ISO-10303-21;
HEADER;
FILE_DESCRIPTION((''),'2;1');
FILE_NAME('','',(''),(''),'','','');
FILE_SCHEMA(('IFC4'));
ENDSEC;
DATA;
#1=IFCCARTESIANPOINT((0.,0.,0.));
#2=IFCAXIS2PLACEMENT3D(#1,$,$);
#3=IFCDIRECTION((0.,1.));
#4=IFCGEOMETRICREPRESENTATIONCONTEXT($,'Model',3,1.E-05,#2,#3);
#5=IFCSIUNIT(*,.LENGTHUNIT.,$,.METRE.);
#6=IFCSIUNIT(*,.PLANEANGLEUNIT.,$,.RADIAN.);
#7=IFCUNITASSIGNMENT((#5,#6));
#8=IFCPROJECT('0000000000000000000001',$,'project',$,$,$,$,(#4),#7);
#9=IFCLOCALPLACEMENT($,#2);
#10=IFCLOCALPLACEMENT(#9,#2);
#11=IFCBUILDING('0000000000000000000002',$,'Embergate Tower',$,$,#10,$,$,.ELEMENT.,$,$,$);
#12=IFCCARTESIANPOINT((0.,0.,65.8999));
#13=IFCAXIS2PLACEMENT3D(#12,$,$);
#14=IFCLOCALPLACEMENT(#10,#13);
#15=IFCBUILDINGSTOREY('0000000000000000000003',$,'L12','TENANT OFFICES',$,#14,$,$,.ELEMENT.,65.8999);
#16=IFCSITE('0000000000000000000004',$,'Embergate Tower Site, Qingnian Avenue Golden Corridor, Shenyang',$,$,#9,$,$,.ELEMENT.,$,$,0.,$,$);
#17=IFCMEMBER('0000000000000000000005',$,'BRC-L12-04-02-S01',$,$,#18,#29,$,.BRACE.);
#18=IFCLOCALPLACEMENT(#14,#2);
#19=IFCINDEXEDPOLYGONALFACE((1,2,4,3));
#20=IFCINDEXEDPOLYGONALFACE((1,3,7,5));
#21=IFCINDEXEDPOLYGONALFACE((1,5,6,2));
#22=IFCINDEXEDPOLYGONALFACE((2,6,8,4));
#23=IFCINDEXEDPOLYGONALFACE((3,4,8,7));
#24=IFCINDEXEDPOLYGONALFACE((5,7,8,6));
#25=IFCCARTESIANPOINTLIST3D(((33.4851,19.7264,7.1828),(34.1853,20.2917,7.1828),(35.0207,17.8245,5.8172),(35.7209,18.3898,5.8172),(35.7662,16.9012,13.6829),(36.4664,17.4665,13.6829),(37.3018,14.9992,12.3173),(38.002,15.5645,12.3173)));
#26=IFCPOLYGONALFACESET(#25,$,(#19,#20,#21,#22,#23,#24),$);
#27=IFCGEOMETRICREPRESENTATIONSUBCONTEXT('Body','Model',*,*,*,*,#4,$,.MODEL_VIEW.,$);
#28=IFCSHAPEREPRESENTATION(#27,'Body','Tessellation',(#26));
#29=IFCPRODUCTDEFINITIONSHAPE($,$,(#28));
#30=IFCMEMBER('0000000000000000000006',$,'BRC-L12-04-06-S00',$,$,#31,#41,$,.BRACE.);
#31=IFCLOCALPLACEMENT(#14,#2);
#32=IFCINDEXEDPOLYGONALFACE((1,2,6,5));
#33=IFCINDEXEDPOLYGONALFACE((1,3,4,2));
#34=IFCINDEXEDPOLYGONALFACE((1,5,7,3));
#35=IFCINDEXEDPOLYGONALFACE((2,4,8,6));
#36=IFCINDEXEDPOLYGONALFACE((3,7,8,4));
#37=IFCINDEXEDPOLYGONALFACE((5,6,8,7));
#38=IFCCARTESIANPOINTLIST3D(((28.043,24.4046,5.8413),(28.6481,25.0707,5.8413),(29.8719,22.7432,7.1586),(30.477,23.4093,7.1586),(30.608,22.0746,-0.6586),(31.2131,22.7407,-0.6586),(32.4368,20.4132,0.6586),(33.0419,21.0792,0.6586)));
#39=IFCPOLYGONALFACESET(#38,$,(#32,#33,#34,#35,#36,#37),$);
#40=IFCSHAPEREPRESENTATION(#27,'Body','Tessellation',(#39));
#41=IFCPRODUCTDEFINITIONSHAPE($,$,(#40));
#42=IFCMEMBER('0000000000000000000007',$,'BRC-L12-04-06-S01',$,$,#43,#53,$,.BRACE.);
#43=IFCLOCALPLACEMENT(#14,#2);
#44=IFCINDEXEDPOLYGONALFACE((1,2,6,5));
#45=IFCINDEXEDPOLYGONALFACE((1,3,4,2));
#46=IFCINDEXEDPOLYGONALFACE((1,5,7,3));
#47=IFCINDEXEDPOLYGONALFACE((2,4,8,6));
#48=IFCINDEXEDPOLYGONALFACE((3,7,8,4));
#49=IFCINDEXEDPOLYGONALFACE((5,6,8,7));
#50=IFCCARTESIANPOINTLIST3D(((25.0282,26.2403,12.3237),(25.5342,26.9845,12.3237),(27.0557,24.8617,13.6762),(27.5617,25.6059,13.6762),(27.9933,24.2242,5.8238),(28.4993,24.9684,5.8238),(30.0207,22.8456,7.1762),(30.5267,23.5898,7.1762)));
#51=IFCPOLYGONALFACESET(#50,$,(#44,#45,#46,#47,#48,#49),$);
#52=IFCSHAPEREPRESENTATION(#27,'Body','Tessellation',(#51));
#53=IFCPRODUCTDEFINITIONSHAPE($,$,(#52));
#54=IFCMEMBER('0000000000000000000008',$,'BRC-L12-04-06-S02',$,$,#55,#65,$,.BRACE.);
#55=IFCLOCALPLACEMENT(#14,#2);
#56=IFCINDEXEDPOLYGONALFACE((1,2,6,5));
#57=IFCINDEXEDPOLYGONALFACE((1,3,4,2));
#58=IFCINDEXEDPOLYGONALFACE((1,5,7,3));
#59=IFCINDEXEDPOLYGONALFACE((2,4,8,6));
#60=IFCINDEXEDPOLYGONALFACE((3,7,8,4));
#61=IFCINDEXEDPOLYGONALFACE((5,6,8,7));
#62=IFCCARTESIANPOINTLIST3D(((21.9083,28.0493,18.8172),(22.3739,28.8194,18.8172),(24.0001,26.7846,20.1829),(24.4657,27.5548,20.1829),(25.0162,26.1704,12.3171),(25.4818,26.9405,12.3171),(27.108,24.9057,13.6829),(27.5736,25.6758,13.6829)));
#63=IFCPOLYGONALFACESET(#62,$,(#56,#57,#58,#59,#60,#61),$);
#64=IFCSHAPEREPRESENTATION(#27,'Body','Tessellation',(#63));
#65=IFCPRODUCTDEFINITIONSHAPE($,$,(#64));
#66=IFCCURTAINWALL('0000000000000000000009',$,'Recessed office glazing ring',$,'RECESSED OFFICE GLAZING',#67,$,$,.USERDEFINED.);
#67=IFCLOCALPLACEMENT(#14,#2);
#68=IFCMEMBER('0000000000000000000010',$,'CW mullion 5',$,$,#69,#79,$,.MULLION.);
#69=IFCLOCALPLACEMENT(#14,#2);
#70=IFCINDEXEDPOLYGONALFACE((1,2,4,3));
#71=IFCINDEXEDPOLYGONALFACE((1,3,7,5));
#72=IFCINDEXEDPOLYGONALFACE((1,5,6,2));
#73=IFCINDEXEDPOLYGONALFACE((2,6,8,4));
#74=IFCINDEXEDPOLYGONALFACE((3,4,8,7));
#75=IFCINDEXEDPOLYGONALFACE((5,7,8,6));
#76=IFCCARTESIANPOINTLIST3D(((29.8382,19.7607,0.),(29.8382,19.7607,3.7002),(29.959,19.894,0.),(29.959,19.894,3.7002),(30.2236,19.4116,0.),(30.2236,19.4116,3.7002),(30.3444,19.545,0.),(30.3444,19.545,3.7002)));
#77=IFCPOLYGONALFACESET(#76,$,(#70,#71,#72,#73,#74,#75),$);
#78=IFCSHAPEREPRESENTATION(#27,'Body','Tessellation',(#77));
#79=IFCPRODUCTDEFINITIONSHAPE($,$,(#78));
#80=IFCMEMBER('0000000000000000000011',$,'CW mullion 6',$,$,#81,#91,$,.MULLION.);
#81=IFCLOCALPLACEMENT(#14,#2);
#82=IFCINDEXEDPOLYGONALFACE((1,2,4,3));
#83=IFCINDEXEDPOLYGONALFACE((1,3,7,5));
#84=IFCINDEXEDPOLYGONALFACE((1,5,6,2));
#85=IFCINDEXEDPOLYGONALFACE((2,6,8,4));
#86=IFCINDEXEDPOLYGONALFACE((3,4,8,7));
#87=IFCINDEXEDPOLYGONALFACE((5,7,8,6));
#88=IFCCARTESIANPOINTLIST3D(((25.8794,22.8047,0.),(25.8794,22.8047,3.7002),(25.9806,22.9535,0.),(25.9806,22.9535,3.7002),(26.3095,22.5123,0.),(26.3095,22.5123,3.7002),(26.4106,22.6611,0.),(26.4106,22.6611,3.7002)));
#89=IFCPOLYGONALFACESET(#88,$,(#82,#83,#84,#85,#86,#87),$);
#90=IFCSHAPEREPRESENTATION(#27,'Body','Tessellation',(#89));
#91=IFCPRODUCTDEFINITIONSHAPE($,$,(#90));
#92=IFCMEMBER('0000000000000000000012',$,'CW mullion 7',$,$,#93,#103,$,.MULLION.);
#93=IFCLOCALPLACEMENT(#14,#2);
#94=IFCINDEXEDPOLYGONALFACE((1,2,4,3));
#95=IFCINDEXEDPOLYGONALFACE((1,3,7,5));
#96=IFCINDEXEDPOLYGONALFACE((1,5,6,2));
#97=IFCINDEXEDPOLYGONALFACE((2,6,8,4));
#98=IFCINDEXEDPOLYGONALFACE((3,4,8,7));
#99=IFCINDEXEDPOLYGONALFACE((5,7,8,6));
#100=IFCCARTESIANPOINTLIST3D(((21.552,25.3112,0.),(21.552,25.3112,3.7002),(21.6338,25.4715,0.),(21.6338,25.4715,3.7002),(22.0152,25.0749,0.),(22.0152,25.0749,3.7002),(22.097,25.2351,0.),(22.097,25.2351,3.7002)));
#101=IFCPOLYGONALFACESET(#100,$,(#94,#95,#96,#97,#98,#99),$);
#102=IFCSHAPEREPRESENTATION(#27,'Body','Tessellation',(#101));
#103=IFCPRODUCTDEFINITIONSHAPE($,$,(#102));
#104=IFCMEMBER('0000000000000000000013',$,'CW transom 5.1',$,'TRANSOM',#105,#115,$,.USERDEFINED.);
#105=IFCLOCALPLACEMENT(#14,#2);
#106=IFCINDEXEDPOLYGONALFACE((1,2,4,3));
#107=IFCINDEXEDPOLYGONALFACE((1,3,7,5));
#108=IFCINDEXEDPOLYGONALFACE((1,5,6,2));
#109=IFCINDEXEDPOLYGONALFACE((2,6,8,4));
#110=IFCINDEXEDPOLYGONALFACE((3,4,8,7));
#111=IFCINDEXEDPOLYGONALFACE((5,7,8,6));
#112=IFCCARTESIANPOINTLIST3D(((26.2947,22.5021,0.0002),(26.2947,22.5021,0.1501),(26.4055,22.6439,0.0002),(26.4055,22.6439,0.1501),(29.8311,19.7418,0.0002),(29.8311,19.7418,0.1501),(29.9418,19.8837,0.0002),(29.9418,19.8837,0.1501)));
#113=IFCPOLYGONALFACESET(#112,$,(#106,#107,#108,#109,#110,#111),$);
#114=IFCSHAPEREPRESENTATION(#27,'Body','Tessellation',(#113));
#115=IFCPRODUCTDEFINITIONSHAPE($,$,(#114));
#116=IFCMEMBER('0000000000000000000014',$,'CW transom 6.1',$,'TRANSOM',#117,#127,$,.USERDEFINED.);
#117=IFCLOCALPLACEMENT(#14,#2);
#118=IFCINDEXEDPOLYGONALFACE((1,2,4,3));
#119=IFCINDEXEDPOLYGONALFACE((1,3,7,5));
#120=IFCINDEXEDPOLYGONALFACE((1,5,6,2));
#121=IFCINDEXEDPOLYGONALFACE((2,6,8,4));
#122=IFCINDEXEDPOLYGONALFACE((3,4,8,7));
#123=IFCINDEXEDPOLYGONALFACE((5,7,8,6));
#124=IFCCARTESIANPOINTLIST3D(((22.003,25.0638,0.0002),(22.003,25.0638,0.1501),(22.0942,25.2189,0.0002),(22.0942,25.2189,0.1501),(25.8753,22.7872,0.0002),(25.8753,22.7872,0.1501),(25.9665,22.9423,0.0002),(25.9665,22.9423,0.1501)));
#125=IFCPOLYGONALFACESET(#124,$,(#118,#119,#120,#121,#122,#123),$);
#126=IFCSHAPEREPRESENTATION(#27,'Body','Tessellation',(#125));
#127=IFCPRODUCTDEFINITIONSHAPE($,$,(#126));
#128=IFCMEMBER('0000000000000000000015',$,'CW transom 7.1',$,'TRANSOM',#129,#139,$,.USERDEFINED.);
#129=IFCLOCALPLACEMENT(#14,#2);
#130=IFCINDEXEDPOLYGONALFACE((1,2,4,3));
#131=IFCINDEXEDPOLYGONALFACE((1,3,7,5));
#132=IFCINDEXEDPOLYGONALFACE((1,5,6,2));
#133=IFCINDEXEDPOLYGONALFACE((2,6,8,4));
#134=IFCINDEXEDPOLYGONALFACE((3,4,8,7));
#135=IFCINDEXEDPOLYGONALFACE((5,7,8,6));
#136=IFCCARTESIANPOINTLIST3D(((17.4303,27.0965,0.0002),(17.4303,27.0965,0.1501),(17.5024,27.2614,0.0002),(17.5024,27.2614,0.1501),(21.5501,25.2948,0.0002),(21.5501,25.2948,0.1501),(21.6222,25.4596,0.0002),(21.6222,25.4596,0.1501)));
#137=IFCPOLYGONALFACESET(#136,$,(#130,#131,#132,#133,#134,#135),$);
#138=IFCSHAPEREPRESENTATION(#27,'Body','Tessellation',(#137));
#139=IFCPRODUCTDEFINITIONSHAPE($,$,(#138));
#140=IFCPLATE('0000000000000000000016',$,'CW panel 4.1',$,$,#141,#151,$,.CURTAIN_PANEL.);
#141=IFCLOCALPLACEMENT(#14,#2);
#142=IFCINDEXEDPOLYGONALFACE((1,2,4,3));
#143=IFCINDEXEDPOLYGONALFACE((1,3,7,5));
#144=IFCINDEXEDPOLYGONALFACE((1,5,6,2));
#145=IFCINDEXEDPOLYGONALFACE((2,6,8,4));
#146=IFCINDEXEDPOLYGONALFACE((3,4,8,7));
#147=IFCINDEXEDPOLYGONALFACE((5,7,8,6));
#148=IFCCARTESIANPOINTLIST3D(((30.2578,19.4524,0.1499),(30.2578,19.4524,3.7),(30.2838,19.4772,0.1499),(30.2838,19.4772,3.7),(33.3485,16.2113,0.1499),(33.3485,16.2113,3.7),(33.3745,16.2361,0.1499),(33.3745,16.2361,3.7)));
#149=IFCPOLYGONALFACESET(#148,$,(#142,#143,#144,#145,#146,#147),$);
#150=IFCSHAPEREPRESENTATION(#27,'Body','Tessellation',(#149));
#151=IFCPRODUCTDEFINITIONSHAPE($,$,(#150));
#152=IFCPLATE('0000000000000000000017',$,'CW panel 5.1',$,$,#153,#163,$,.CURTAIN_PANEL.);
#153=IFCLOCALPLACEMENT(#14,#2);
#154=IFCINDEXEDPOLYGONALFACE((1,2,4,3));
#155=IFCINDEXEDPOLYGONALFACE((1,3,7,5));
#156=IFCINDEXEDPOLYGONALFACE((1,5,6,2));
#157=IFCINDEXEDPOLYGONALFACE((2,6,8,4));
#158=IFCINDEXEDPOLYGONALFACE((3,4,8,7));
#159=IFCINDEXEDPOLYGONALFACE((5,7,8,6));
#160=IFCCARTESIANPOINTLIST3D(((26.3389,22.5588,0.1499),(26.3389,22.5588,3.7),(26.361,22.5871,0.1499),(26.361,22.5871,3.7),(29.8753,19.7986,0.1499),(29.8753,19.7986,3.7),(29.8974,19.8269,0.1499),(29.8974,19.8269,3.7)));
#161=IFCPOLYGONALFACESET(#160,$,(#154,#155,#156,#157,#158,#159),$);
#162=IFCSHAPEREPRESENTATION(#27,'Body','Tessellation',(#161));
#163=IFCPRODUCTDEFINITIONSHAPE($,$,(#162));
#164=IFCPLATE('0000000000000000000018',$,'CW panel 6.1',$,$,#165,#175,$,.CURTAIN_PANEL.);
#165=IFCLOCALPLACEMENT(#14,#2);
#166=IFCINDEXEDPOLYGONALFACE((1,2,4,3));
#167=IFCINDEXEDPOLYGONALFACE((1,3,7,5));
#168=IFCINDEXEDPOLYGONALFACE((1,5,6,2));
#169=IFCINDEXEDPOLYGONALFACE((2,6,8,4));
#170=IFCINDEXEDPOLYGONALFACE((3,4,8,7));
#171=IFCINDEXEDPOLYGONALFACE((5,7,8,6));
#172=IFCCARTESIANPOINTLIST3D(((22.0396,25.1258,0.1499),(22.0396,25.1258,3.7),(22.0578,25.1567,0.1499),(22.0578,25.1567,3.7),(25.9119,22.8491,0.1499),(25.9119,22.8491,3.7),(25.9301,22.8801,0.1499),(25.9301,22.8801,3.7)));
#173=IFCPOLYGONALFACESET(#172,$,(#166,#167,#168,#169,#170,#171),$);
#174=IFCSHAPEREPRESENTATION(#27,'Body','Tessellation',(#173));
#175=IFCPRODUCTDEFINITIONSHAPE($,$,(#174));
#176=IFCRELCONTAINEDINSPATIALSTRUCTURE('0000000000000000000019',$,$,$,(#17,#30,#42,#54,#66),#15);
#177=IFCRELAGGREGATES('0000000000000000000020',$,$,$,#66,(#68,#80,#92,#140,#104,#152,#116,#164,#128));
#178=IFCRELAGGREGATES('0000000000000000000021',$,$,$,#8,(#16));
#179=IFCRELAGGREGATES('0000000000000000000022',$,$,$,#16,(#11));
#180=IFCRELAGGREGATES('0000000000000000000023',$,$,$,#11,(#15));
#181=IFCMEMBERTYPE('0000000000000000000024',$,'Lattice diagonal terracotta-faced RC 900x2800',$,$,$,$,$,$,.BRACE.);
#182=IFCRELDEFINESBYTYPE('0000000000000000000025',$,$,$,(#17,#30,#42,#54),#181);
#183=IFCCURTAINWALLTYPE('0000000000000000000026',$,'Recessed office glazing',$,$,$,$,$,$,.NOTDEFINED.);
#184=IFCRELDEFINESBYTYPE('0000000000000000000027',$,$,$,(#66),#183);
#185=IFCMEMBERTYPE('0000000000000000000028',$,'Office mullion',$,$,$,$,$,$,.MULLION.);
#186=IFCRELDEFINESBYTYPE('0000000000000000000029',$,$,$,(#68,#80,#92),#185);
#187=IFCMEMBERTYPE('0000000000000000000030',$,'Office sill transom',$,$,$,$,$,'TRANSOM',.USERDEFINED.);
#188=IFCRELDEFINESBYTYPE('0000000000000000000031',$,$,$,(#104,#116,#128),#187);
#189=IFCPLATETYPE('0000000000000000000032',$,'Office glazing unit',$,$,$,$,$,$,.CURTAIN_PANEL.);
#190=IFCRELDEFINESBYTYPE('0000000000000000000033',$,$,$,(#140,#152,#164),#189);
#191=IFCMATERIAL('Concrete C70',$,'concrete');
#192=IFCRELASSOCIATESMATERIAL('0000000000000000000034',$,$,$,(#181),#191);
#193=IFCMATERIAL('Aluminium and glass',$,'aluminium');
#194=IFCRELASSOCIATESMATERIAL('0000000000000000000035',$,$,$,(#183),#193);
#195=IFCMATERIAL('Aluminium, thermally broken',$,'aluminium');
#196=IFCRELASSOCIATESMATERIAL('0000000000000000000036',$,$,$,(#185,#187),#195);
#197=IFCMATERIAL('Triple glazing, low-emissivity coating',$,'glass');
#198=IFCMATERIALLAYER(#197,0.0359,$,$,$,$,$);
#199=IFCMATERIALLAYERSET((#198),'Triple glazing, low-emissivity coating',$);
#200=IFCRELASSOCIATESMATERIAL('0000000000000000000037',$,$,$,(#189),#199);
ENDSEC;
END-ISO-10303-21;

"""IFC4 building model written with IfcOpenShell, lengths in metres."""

from ifc_helpers import new_model, si_unit, direction, frame, origin, origin_2d, place, context, subcontext, project, spatial, rectangle, extrude, source, transform, mapped, material, layer, layer_set, material_profile, profile_set, type_object, element, aggregate, save


model = new_model("IFC4")

# Units and contexts
model_context = context("Model", 3, precision=1e-05, world=origin(), true_north=direction((0.0, 1.0)))
body_context = subcontext(model_context, "Body", "Model", "MODEL_VIEW")
ifc_project = project(units=[si_unit("LENGTHUNIT", "METRE"), si_unit("PLANEANGLEUNIT", "RADIAN")], contexts=[model_context])

# Site, building, storey
site_placement = place(None, origin())
site = spatial("IfcSite", under=ifc_project, at=site_placement, Name="Embergate Tower Site, Qingnian Avenue Golden Corridor, Shenyang", CompositionType="ELEMENT", RefElevation=0.0)
building_placement = place(site_placement, origin())
building = spatial("IfcBuilding", under=site, at=building_placement, Name="Embergate Tower", CompositionType="ELEMENT")
storey_placement = place(building_placement, frame((0.0, 0.0, 65.8999)))
storey = spatial("IfcBuildingStorey", under=building, at=storey_placement, Name="L12", Description="TENANT OFFICES", CompositionType="ELEMENT", Elevation=65.8999)

# Shared definitions
ifc_material_1 = material(Name="Concrete C70", Category="concrete")

# Members
ifc_material_profile_1 = material_profile(ifc_material_1, rectangle(XDim=0.8999, YDim=2.8, at=origin_2d()), Name="RC 900x2800")
ifc_profile_set_1 = profile_set([ifc_material_profile_1], Name="Concrete C70")
member_type_1 = type_object("IfcMemberType", Name="Lattice diagonal terracotta-faced RC 900x2800", PredefinedType="BRACE", material=ifc_profile_set_1)
shared_shape_1 = source(origin(), body_context, "Body", "SweptSolid", [
    extrude(rectangle(XDim=0.8999, YDim=2.8, at=origin_2d()), origin(), (0.0, 0.0, 1.0), 7.4456),
])
member_1_placement = place(storey_placement, frame((34.603, 19.0581, 6.5), z_axis=(0.306362, -0.379453, 0.873016), x_axis=(0.77806, 0.62819, 0.0)))
element("IfcMember", 1, at=member_1_placement, inside=storey, type_object=member_type_1, Name="BRC-L12-04-02-S01", PredefinedType="BRACE", context=body_context, shape_type="MappedRepresentation", body=[
    mapped(shared_shape_1, transform((0.0, 0.0, 0.0))),
])
shared_shape_2 = source(origin(), body_context, "Body", "SweptSolid", [
    extrude(rectangle(XDim=0.8999, YDim=2.8, at=origin_2d()), origin(), (0.0, 0.0, 1.0), 7.366),
])
member_2_placement = place(storey_placement, frame((31.825, 21.5769, 0.0), z_axis=(-0.348213, 0.316328, 0.882431), x_axis=(-0.672406, -0.740182, 0.0)))
element("IfcMember", 2, at=member_2_placement, inside=storey, type_object=member_type_1, Name="BRC-L12-04-06-S00", PredefinedType="BRACE", context=body_context, shape_type="MappedRepresentation", body=[
    mapped(shared_shape_2, transform((0.0, 0.0, 0.0))),
])
shared_shape_3 = source(origin(), body_context, "Body", "SweptSolid", [
    extrude(rectangle(XDim=0.8999, YDim=2.8, at=origin_2d()), origin(), (0.0, 0.0, 1.0), 7.4233),
])
member_3_placement = place(storey_placement, frame((29.26, 23.907, 6.5), z_axis=(-0.399426, 0.27159, 0.875613), x_axis=(-0.562282, -0.826945, 0.0)))
element("IfcMember", 3, at=member_3_placement, inside=storey, type_object=member_type_1, Name="BRC-L12-04-06-S01", PredefinedType="BRACE", context=body_context, shape_type="MappedRepresentation", body=[
    mapped(shared_shape_3, transform((0.0, 0.0, 0.0))),
])
shared_shape_4 = source(origin(), body_context, "Body", "SweptSolid", [
    extrude(rectangle(XDim=0.8999, YDim=2.8, at=origin_2d()), origin(), (0.0, 0.0, 1.0), 7.4458),
])
member_4_placement = place(storey_placement, frame((26.2949, 25.9231, 13.0), z_axis=(-0.417407, 0.252346, 0.87298), x_axis=(-0.51736, -0.855768, 0.0)))
element("IfcMember", 4, at=member_4_placement, inside=storey, type_object=member_type_1, Name="BRC-L12-04-06-S02", PredefinedType="BRACE", context=body_context, shape_type="MappedRepresentation", body=[
    mapped(shared_shape_4, transform((0.0, 0.0, 0.0))),
])

# Curtain wall, members, plates
ifc_material_2 = material(Name="Aluminium and glass", Category="aluminium")
curtain_wall_type = type_object("IfcCurtainWallType", Name="Recessed office glazing", PredefinedType="NOTDEFINED", material=ifc_material_2)
curtain_wall_placement = place(storey_placement, origin())
curtain_wall = element("IfcCurtainWall", 5, at=curtain_wall_placement, inside=storey, type_object=curtain_wall_type, Name="Recessed office glazing ring", ObjectType="RECESSED OFFICE GLAZING", PredefinedType="USERDEFINED")
ifc_material_3 = material(Name="Aluminium, thermally broken", Category="aluminium")
ifc_material_profile_2 = material_profile(ifc_material_3, rectangle(XDim=0.1799, YDim=0.52, at=origin_2d()), Name="AL 520x180")
ifc_profile_set_2 = profile_set([ifc_material_profile_2], Name="Aluminium, thermally broken")
member_type_2 = type_object("IfcMemberType", Name="Office mullion", PredefinedType="MULLION", material=ifc_profile_set_2)
shared_shape_5 = source(origin(), body_context, "Body", "SweptSolid", [
    extrude(rectangle(XDim=0.1799, YDim=0.52, at=origin_2d()), origin(), (0.0, 0.0, 1.0), 3.7002),
])
member_5_placement = place(storey_placement, frame((30.0913, 19.6528, 0.0), z_axis=(0.0, 0.0, 1.0), x_axis=(-0.671239, -0.741241, 0.0)))
member_5 = element("IfcMember", 6, at=member_5_placement, type_object=member_type_2, Name="CW mullion 5", PredefinedType="MULLION", context=body_context, shape_type="MappedRepresentation", body=[
    mapped(shared_shape_5, transform((0.0, 0.0, 0.0))),
])
member_6_placement = place(storey_placement, frame((26.145, 22.7329, 0.0), z_axis=(0.0, 0.0, 1.0), x_axis=(-0.562229, -0.826981, 0.0)))
member_6 = element("IfcMember", 7, at=member_6_placement, type_object=member_type_2, Name="CW mullion 6", PredefinedType="MULLION", context=body_context, shape_type="MappedRepresentation", body=[
    mapped(shared_shape_5, transform((0.0, 0.0, 0.0))),
])
member_7_placement = place(storey_placement, frame((21.8245, 25.2732, 0.0), z_axis=(0.0, 0.0, 1.0), x_axis=(-0.454521, -0.890736, 0.0)))
member_7 = element("IfcMember", 8, at=member_7_placement, type_object=member_type_2, Name="CW mullion 7", PredefinedType="MULLION", context=body_context, shape_type="MappedRepresentation", body=[
    mapped(shared_shape_5, transform((0.0, 0.0, 0.0))),
])
ifc_material_profile_3 = material_profile(ifc_material_3, rectangle(XDim=0.1799, YDim=0.1499, at=origin_2d()), Name="AL 150x180")
ifc_profile_set_3 = profile_set([ifc_material_profile_3], Name="Aluminium, thermally broken")
member_type_3 = type_object("IfcMemberType", Name="Office sill transom", ElementType="TRANSOM", PredefinedType="USERDEFINED", material=ifc_profile_set_3)
shared_shape_6 = source(origin(), body_context, "Body", "SweptSolid", [
    extrude(rectangle(XDim=0.1799, YDim=0.1499, at=origin_2d()), origin(), (0.0, 0.0, 1.0), 4.4861),
])
member_8_placement = place(storey_placement, frame((29.8865, 19.8127, 0.0752), z_axis=(-0.788299, 0.615292, 0.0), x_axis=(-0.615292, -0.788299, 0.0)))
member_8 = element("IfcMember", 9, at=member_8_placement, type_object=member_type_3, Name="CW transom 5.1", ObjectType="TRANSOM", PredefinedType="USERDEFINED", context=body_context, shape_type="MappedRepresentation", body=[
    mapped(shared_shape_6, transform((0.0, 0.0, 0.0))),
])
shared_shape_7 = source(origin(), body_context, "Body", "SweptSolid", [
    extrude(rectangle(XDim=0.1799, YDim=0.1499, at=origin_2d()), origin(), (0.0, 0.0, 1.0), 4.4919),
])
member_9_placement = place(storey_placement, frame((25.9209, 22.8647, 0.0752), z_axis=(-0.862053, 0.506818, 0.0), x_axis=(-0.506818, -0.862053, 0.0)))
member_9 = element("IfcMember", 10, at=member_9_placement, type_object=member_type_3, Name="CW transom 6.1", ObjectType="TRANSOM", PredefinedType="USERDEFINED", context=body_context, shape_type="MappedRepresentation", body=[
    mapped(shared_shape_7, transform((0.0, 0.0, 0.0))),
])
shared_shape_8 = source(origin(), body_context, "Body", "SweptSolid", [
    extrude(rectangle(XDim=0.1799, YDim=0.1499, at=origin_2d()), origin(), (0.0, 0.0, 1.0), 4.4966),
])
member_10_placement = place(storey_placement, frame((21.5862, 25.3772, 0.0752), z_axis=(-0.916213, 0.400691, 0.0), x_axis=(-0.400691, -0.916213, 0.0)))
member_10 = element("IfcMember", 11, at=member_10_placement, type_object=member_type_3, Name="CW transom 7.1", ObjectType="TRANSOM", PredefinedType="USERDEFINED", context=body_context, shape_type="MappedRepresentation", body=[
    mapped(shared_shape_8, transform((0.0, 0.0, 0.0))),
])
ifc_material_4 = material(Name="Triple glazing, low-emissivity coating", Category="glass")
ifc_layer_1 = layer(ifc_material_4, 0.0359)
ifc_layer_set_1 = layer_set([ifc_layer_1], Name="Triple glazing, low-emissivity coating")
plate_type = type_object("IfcPlateType", Name="Office glazing unit", PredefinedType="CURTAIN_PANEL", material=ifc_layer_set_1)
shared_shape_9 = source(origin(), body_context, "Body", "SweptSolid", [
    extrude(rectangle(XDim=4.4785, YDim=0.0359, at=origin_2d()), origin(), (0.0, 0.0, 1.0), 3.55),
])
plate_1_placement = place(storey_placement, frame((31.8162, 17.8442, 0.1499), z_axis=(0.0, 0.0, 1.0), x_axis=(-0.690125, 0.72369, 0.0)))
plate_1 = element("IfcPlate", 12, at=plate_1_placement, type_object=plate_type, Name="CW panel 4.1", PredefinedType="CURTAIN_PANEL", context=body_context, shape_type="MappedRepresentation", body=[
    mapped(shared_shape_9, transform((0.0, 0.0, 0.0))),
])
shared_shape_10 = source(origin(), body_context, "Body", "SweptSolid", [
    extrude(rectangle(XDim=4.4861, YDim=0.0359, at=origin_2d()), origin(), (0.0, 0.0, 1.0), 3.55),
])
plate_2_placement = place(storey_placement, frame((28.1182, 21.1929, 0.1499), z_axis=(0.0, 0.0, 1.0), x_axis=(-0.788313, 0.615275, 0.0)))
plate_2 = element("IfcPlate", 13, at=plate_2_placement, type_object=plate_type, Name="CW panel 5.1", PredefinedType="CURTAIN_PANEL", context=body_context, shape_type="MappedRepresentation", body=[
    mapped(shared_shape_10, transform((0.0, 0.0, 0.0))),
])
shared_shape_11 = source(origin(), body_context, "Body", "SweptSolid", [
    extrude(rectangle(XDim=4.4919, YDim=0.0359, at=origin_2d()), origin(), (0.0, 0.0, 1.0), 3.55),
])
plate_3_placement = place(storey_placement, frame((23.9849, 24.0029, 0.1499), z_axis=(0.0, 0.0, 1.0), x_axis=(-0.862048, 0.506827, 0.0)))
plate_3 = element("IfcPlate", 14, at=plate_3_placement, type_object=plate_type, Name="CW panel 6.1", PredefinedType="CURTAIN_PANEL", context=body_context, shape_type="MappedRepresentation", body=[
    mapped(shared_shape_11, transform((0.0, 0.0, 0.0))),
])
aggregate(curtain_wall, [member_5, member_6, member_7, plate_1, member_8, plate_2, member_9, plate_3, member_10])

save(model, "model.ifc")
